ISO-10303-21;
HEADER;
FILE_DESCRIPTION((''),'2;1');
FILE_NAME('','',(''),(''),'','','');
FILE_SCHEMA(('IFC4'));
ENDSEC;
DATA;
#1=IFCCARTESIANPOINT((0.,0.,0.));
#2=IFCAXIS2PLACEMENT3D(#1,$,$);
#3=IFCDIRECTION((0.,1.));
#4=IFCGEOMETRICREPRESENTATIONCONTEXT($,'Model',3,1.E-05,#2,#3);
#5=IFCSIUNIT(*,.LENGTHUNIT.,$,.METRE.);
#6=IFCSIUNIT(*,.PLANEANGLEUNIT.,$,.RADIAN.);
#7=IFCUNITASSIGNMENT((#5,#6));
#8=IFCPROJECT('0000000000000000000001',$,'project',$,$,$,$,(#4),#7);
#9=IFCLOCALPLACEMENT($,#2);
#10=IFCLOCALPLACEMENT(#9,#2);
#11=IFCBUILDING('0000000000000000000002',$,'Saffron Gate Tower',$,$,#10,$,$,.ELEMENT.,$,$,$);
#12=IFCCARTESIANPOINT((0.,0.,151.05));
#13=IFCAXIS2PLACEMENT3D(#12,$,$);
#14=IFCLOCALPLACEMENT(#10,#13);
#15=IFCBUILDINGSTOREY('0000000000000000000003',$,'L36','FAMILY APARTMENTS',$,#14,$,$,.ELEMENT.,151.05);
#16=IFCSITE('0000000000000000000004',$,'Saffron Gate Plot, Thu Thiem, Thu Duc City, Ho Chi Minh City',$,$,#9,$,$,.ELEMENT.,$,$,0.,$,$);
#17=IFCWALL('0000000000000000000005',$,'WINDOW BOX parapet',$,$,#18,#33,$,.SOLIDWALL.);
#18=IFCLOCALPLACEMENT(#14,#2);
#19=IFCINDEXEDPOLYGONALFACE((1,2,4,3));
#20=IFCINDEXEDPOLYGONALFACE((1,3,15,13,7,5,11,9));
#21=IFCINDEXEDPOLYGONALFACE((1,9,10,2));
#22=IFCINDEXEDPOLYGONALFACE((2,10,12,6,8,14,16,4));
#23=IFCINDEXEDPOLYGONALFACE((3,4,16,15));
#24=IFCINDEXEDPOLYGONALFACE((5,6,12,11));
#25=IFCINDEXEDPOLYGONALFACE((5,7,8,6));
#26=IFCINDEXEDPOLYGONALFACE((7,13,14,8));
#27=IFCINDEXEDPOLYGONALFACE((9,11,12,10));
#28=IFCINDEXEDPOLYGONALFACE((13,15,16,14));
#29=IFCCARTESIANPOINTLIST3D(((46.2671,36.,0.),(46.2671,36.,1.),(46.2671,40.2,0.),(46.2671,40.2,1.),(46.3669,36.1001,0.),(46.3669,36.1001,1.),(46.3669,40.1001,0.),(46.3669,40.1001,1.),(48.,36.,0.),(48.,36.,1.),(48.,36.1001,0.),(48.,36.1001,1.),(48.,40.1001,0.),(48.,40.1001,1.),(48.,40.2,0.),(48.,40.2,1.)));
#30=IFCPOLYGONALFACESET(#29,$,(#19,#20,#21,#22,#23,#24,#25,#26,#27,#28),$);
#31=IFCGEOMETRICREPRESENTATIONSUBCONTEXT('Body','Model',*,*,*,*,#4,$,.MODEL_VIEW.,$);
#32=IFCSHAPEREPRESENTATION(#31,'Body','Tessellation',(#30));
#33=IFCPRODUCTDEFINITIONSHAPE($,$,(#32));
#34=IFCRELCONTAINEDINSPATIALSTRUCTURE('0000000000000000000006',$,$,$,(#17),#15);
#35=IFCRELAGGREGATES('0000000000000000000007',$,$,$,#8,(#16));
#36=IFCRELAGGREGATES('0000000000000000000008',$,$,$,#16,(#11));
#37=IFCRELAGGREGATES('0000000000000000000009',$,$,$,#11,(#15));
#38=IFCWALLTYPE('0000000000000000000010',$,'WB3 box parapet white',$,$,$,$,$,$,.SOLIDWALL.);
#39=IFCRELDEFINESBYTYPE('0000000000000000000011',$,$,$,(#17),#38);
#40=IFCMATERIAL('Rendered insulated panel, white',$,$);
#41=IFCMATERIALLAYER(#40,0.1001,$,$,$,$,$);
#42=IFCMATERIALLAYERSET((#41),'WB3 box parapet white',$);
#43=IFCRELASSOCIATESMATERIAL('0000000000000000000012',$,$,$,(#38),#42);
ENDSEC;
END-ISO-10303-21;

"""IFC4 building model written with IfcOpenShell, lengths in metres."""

from ifc_helpers import new_model, si_unit, direction, frame, origin, place, context, subcontext, project, spatial, polyline, outline, extrude, material, layer, layer_set, type_object, element, save


model = new_model("IFC4")

# Units and contexts
model_context = context("Model", 3, precision=1e-05, world=origin(), true_north=direction((0.0, 1.0)))
body_context = subcontext(model_context, "Body", "Model", "MODEL_VIEW")
ifc_project = project(units=[si_unit("LENGTHUNIT", "METRE"), si_unit("PLANEANGLEUNIT", "RADIAN")], contexts=[model_context])

# Site, building, storey
site_placement = place(None, origin())
site = spatial("IfcSite", under=ifc_project, at=site_placement, Name="Saffron Gate Plot, Thu Thiem, Thu Duc City, Ho Chi Minh City", CompositionType="ELEMENT", RefElevation=0.0)
building_placement = place(site_placement, origin())
building = spatial("IfcBuilding", under=site, at=building_placement, Name="Saffron Gate Tower", CompositionType="ELEMENT")
storey_placement = place(building_placement, frame((0.0, 0.0, 151.05)))
storey = spatial("IfcBuildingStorey", under=building, at=storey_placement, Name="L36", Description="FAMILY APARTMENTS", CompositionType="ELEMENT", Elevation=151.05)

# Wall
ifc_material_1 = material(Name="Rendered insulated panel, white")
ifc_layer_1 = layer(ifc_material_1, 0.1001)
ifc_layer_set_1 = layer_set([ifc_layer_1], Name="WB3 box parapet white")
wall_type_1 = type_object("IfcWallType", Name="WB3 box parapet white", PredefinedType="SOLIDWALL", material=ifc_layer_set_1)
wall_1_placement = place(storey_placement, origin())
element("IfcWall", 1, at=wall_1_placement, inside=storey, type_object=wall_type_1, Name="WINDOW BOX parapet", PredefinedType="SOLIDWALL", context=body_context, shape_type="SweptSolid", body=[
    extrude(outline(polyline([(48.0, 40.2), (48.0, 40.1001), (46.3669, 40.1001), (46.3669, 36.1001), (48.0, 36.1001), (48.0, 36.0), (46.2671, 36.0), (46.2671, 40.2), (48.0, 40.2)])), origin(), (0.0, 0.0, 1.0), 1.0),
])

save(model, "model.ifc")
